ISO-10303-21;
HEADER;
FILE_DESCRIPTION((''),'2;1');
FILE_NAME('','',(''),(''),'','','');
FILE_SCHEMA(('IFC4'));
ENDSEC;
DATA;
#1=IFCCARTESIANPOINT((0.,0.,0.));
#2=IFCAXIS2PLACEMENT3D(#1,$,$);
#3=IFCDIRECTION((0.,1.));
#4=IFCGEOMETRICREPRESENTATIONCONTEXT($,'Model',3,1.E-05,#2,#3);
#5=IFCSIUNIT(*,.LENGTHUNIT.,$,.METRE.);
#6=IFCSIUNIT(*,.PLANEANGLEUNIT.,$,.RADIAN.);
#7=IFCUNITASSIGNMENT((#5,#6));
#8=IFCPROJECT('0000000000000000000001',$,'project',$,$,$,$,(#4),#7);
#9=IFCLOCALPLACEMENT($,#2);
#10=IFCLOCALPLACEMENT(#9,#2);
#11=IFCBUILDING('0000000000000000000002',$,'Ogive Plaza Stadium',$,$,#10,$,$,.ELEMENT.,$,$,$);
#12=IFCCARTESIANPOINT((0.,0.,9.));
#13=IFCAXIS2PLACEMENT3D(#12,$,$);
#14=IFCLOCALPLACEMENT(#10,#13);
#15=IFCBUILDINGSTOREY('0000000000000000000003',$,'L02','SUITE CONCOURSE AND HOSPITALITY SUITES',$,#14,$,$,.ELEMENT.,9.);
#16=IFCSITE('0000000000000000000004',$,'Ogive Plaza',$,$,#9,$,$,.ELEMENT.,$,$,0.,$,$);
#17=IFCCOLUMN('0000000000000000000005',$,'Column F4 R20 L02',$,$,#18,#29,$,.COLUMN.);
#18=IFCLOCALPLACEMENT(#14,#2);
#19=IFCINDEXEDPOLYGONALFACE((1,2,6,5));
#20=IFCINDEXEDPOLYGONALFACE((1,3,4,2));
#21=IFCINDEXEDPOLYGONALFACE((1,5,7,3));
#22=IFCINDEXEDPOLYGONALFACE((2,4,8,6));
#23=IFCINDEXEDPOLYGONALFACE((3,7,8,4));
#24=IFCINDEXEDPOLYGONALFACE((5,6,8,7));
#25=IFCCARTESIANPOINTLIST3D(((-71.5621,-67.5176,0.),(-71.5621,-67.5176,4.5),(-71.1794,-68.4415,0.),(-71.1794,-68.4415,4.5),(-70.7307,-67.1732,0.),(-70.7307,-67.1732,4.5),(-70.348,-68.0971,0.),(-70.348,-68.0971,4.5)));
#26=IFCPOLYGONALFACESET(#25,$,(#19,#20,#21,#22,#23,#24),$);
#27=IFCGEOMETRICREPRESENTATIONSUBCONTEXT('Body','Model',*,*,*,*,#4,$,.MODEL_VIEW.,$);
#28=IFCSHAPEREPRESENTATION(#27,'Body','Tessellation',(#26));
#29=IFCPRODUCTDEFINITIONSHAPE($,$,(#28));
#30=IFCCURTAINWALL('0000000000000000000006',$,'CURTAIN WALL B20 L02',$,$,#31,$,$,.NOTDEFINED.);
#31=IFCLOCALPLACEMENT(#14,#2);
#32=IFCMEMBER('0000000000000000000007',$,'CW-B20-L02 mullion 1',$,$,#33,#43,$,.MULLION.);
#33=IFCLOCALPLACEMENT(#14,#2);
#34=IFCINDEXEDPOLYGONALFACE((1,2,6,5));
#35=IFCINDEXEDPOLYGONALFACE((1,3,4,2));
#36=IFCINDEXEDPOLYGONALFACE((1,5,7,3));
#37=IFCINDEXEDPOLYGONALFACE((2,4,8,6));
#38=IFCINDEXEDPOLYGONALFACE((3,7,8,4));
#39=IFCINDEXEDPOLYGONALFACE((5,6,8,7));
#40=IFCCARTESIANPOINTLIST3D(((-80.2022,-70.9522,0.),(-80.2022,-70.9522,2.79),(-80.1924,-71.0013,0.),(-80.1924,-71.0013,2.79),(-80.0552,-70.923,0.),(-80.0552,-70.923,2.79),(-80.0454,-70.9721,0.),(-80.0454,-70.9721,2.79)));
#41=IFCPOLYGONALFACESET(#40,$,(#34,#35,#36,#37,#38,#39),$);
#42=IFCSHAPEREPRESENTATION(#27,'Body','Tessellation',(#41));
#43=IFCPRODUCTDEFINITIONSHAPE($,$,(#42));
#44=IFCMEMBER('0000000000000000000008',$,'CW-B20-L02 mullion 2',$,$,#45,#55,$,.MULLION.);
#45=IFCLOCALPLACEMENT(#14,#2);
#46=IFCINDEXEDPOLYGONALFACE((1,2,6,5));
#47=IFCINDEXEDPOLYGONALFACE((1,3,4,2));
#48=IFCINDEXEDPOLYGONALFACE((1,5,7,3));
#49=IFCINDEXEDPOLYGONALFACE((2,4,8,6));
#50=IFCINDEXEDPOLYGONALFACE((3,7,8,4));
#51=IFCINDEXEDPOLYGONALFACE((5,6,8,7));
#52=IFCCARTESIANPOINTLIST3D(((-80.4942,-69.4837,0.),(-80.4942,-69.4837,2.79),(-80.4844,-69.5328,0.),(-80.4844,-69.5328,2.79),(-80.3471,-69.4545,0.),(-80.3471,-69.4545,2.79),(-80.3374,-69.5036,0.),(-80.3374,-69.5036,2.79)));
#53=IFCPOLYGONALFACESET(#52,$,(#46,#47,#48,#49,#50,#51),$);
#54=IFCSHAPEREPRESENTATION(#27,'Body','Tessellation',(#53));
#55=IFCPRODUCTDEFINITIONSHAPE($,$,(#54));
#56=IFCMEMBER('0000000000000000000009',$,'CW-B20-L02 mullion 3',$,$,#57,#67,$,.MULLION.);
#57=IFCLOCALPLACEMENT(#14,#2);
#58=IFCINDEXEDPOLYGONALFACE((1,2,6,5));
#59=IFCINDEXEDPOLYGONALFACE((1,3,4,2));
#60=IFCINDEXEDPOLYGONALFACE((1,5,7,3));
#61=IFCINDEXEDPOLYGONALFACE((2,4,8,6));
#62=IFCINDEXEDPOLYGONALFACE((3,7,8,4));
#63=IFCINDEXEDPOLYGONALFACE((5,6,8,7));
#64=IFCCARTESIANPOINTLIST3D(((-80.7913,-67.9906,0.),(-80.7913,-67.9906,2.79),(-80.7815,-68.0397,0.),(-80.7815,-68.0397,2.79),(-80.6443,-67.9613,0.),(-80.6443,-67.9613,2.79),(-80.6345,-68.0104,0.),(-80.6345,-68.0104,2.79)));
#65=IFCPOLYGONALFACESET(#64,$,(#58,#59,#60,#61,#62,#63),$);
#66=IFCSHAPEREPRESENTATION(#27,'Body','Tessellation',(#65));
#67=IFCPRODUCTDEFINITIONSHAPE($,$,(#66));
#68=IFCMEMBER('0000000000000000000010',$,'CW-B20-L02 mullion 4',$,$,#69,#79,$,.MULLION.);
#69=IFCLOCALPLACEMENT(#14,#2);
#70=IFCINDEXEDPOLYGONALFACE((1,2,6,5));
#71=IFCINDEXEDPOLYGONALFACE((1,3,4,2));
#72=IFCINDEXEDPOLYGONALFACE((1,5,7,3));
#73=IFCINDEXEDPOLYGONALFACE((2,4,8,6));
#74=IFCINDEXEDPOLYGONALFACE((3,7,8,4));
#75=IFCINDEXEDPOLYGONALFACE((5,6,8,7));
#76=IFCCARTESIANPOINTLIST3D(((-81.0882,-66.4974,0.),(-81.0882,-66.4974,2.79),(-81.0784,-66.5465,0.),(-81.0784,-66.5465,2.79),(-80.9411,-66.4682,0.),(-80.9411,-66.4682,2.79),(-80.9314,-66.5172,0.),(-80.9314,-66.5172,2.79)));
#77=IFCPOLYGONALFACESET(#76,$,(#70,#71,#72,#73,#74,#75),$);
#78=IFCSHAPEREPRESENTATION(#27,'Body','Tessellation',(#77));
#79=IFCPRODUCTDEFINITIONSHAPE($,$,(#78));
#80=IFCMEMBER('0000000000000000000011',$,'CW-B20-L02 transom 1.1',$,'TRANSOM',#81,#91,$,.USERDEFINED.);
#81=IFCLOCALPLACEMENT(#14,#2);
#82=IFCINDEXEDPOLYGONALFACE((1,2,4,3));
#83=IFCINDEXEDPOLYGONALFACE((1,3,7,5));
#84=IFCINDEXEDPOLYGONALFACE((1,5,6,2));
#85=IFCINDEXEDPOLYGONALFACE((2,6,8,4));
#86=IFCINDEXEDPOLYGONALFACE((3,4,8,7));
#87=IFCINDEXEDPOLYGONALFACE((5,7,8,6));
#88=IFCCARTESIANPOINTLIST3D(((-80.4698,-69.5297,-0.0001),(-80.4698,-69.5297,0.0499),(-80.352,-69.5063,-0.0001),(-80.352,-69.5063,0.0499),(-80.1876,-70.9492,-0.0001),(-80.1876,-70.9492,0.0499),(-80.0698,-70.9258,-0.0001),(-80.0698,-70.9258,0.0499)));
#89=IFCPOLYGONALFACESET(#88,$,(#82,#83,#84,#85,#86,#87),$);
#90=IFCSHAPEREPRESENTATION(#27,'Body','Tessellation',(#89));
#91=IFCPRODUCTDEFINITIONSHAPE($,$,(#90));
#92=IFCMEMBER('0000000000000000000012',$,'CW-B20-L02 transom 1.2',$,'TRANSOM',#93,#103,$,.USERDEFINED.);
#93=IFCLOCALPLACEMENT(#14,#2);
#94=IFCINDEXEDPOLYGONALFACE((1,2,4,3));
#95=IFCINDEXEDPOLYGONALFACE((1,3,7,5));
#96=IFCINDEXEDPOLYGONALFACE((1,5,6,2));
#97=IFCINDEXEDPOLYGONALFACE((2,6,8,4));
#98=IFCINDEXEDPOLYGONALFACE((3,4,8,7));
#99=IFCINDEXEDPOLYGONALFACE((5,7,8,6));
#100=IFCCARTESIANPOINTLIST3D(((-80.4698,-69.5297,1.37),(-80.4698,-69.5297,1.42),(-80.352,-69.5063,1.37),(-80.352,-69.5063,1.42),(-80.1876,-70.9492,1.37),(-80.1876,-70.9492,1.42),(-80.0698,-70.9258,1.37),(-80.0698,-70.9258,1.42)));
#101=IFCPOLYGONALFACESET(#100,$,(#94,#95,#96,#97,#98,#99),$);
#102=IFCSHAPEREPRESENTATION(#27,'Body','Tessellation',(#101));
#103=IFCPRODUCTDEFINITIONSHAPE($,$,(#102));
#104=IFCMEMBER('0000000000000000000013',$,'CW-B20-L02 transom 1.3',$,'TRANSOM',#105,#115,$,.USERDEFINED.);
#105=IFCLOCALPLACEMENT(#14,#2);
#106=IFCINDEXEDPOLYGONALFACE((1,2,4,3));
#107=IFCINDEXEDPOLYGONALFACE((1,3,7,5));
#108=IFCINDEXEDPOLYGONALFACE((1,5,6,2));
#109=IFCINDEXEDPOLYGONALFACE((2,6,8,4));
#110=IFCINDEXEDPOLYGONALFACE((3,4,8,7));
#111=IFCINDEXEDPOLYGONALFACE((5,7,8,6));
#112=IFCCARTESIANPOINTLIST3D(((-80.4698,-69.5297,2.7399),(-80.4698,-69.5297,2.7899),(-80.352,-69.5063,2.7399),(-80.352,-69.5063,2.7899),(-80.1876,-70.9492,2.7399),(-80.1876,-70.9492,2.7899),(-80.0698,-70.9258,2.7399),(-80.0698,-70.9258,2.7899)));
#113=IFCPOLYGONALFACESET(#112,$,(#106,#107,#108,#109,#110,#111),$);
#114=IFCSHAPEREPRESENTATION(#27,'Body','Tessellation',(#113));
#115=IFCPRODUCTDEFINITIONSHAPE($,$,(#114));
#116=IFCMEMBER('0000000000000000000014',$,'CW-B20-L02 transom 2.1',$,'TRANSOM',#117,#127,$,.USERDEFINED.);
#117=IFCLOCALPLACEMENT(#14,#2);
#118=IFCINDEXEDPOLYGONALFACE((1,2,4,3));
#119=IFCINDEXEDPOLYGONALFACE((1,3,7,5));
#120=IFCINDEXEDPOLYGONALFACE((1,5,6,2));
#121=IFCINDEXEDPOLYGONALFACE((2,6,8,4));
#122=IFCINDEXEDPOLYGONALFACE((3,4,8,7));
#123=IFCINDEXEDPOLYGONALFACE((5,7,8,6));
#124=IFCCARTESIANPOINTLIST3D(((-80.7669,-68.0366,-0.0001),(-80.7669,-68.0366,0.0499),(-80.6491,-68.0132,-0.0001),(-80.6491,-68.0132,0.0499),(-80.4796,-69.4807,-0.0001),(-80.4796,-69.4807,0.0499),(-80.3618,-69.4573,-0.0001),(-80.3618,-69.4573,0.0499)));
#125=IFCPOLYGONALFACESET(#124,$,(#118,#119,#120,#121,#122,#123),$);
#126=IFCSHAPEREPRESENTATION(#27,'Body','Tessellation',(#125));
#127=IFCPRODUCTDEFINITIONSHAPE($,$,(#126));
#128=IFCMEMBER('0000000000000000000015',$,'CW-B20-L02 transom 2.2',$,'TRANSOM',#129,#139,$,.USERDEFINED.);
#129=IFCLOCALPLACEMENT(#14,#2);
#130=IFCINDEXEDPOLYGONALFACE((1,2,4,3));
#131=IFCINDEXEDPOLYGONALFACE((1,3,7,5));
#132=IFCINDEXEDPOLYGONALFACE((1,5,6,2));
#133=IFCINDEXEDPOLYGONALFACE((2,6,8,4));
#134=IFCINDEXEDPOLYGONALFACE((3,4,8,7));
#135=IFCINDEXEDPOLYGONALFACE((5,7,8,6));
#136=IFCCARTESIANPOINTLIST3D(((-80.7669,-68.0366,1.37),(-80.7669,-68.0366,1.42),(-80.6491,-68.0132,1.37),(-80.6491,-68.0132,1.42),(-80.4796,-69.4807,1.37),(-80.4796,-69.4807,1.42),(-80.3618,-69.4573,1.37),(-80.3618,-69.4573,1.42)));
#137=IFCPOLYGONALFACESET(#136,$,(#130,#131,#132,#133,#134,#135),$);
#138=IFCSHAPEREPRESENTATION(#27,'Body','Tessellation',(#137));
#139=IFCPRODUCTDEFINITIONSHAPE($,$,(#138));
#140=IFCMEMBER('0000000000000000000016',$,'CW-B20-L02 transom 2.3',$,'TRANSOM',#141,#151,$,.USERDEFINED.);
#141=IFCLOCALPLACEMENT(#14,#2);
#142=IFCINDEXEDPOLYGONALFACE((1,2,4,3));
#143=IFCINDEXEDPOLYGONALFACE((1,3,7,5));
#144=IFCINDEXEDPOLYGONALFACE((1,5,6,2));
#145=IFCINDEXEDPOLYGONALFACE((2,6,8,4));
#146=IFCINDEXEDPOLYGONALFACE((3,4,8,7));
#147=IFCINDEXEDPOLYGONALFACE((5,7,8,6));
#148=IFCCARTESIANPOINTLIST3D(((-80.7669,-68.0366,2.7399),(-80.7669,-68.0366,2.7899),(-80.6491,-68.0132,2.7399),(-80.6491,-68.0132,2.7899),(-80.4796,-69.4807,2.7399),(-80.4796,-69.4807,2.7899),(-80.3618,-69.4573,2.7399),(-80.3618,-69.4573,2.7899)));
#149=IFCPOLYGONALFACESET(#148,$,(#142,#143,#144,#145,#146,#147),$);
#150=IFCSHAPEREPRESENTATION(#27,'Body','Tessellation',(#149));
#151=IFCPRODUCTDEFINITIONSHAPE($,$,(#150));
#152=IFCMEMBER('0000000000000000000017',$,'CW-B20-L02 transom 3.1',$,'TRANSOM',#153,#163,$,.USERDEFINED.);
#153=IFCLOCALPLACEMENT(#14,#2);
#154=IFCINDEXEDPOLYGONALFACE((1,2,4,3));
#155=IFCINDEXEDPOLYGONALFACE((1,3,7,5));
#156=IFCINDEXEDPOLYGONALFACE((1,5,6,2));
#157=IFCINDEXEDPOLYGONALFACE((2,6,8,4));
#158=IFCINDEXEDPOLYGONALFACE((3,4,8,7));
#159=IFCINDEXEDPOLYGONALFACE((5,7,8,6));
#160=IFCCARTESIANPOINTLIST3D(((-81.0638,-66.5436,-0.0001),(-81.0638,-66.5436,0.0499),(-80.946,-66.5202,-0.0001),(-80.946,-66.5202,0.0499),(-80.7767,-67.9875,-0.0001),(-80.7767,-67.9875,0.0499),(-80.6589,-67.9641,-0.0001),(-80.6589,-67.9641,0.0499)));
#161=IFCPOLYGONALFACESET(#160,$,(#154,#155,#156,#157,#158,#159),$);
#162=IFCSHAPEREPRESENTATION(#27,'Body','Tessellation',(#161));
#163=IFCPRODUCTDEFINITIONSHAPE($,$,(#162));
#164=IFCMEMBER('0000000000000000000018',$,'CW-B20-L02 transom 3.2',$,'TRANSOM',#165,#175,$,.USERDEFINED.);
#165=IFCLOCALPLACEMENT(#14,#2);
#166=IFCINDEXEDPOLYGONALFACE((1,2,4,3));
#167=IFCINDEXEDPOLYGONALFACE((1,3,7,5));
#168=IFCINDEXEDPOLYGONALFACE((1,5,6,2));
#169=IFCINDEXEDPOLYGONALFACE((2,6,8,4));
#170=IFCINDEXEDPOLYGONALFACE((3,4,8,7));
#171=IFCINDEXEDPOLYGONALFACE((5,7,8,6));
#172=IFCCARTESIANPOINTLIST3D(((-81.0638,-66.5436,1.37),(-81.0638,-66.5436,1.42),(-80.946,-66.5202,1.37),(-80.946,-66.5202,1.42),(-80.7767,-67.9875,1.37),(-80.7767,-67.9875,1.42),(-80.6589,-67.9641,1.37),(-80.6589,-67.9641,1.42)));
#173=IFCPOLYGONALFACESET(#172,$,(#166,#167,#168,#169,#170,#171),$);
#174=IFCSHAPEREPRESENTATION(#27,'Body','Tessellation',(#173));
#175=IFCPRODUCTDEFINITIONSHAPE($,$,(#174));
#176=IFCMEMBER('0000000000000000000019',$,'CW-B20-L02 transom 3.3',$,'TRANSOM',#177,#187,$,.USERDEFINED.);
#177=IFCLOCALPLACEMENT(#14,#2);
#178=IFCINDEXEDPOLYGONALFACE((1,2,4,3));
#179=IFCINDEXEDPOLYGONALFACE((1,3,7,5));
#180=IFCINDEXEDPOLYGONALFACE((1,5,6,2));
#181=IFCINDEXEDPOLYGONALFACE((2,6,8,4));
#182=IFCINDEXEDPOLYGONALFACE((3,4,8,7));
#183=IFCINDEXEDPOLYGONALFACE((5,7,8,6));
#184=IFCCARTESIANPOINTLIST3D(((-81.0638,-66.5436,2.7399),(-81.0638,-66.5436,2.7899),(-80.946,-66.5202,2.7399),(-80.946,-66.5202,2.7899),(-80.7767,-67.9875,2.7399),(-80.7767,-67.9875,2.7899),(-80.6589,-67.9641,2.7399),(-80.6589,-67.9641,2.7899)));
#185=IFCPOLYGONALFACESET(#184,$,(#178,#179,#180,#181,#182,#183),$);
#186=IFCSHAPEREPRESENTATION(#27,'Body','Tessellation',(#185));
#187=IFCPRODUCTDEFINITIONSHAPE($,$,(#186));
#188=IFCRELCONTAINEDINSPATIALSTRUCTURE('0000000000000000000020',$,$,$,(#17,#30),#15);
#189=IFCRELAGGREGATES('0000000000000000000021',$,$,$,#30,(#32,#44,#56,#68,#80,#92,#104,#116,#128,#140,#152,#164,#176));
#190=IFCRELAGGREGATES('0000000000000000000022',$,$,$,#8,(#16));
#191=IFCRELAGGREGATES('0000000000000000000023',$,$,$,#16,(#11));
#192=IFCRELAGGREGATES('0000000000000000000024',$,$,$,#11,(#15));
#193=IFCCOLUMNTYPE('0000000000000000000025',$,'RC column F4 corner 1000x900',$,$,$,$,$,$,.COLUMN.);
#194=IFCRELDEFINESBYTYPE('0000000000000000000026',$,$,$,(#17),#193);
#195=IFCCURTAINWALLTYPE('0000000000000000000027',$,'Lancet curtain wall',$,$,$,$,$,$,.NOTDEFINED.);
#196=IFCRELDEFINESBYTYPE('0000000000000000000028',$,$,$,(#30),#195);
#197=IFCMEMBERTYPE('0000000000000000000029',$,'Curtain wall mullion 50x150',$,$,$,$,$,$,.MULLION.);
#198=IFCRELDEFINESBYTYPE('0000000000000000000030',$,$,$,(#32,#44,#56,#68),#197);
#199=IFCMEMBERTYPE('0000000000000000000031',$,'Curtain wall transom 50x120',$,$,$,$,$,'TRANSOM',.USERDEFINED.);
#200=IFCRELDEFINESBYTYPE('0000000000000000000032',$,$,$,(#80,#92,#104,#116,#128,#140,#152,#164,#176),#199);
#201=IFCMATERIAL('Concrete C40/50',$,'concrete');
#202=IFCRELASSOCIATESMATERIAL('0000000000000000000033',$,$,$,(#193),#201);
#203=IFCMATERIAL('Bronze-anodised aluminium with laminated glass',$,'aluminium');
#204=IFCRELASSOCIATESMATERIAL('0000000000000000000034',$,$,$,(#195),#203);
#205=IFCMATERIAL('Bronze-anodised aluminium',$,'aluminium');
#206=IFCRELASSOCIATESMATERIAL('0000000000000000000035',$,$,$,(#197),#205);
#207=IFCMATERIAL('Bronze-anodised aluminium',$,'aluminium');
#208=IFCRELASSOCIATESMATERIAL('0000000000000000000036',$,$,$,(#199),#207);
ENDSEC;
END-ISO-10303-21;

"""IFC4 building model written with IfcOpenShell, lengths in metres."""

from ifc_helpers import new_model, si_unit, direction, frame, origin, origin_2d, place, context, subcontext, project, spatial, rectangle, extrude, material, material_profile, profile_set, type_object, element, aggregate, save


model = new_model("IFC4")

# Units and contexts
model_context = context("Model", 3, precision=1e-05, world=origin(), true_north=direction((0.0, 1.0)))
body_context = subcontext(model_context, "Body", "Model", "MODEL_VIEW")
ifc_project = project(units=[si_unit("LENGTHUNIT", "METRE"), si_unit("PLANEANGLEUNIT", "RADIAN")], contexts=[model_context])

# Site, building, storey
site_placement = place(None, origin())
site = spatial("IfcSite", under=ifc_project, at=site_placement, Name="Ogive Plaza", CompositionType="ELEMENT", RefElevation=0.0)
building_placement = place(site_placement, origin())
building = spatial("IfcBuilding", under=site, at=building_placement, Name="Ogive Plaza Stadium", CompositionType="ELEMENT")
storey_placement = place(building_placement, frame((0.0, 0.0, 9.0)))
storey = spatial("IfcBuildingStorey", under=building, at=storey_placement, Name="L02", Description="SUITE CONCOURSE AND HOSPITALITY SUITES", CompositionType="ELEMENT", Elevation=9.0)

# Column
ifc_material_1 = material(Name="Concrete C40/50", Category="concrete")
ifc_material_profile_1 = material_profile(ifc_material_1, rectangle(XDim=1.0, YDim=0.8999, at=origin_2d()), Name="RC 1000x900")
ifc_profile_set_1 = profile_set([ifc_material_profile_1], Name="Concrete C40/50")
column_type = type_object("IfcColumnType", Name="RC column F4 corner 1000x900", PredefinedType="COLUMN", material=ifc_profile_set_1)
column_placement = place(storey_placement, frame((-70.9551, -67.8074, 0.0), z_axis=(0.0, 0.0, 1.0), x_axis=(0.382683, -0.92388, 0.0)))
element("IfcColumn", 1, at=column_placement, inside=storey, type_object=column_type, Name="Column F4 R20 L02", PredefinedType="COLUMN", context=body_context, shape_type="SweptSolid", body=[
    extrude(rectangle(XDim=1.0, YDim=0.8999, at=origin_2d()), origin(), (0.0, 0.0, 1.0), 4.5),
])

# Curtain wall, members
ifc_material_2 = material(Name="Bronze-anodised aluminium with laminated glass", Category="aluminium")
curtain_wall_type = type_object("IfcCurtainWallType", Name="Lancet curtain wall", PredefinedType="NOTDEFINED", material=ifc_material_2)
curtain_wall_placement = place(storey_placement, origin())
curtain_wall = element("IfcCurtainWall", 2, at=curtain_wall_placement, inside=storey, type_object=curtain_wall_type, Name="CURTAIN WALL B20 L02", PredefinedType="NOTDEFINED")
ifc_material_3 = material(Name="Bronze-anodised aluminium", Category="aluminium")
ifc_material_profile_2 = material_profile(ifc_material_3, rectangle(XDim=0.1499, YDim=0.05, at=origin_2d()), Name="AL 150x50")
ifc_profile_set_2 = profile_set([ifc_material_profile_2], Name="Bronze-anodised aluminium")
member_type_1 = type_object("IfcMemberType", Name="Curtain wall mullion 50x150", PredefinedType="MULLION", material=ifc_profile_set_2)
member_1_placement = place(storey_placement, frame((-80.1238, -70.9622, 0.0), z_axis=(0.0, 0.0, 1.0), x_axis=(-0.980785, -0.19509, 0.0)))
member_1 = element("IfcMember", 3, at=member_1_placement, type_object=member_type_1, Name="CW-B20-L02 mullion 1", PredefinedType="MULLION", context=body_context, shape_type="SweptSolid", body=[
    extrude(rectangle(XDim=0.1499, YDim=0.05, at=origin_2d()), origin(), (0.0, 0.0, 1.0), 2.79),
])
member_2_placement = place(storey_placement, frame((-80.4158, -69.4937, 0.0), z_axis=(0.0, 0.0, 1.0), x_axis=(-0.980785, -0.19509, 0.0)))
member_2 = element("IfcMember", 4, at=member_2_placement, type_object=member_type_1, Name="CW-B20-L02 mullion 2", PredefinedType="MULLION", context=body_context, shape_type="SweptSolid", body=[
    extrude(rectangle(XDim=0.1499, YDim=0.05, at=origin_2d()), origin(), (0.0, 0.0, 1.0), 2.79),
])
member_3_placement = place(storey_placement, frame((-80.7129, -68.0005, 0.0), z_axis=(0.0, 0.0, 1.0), x_axis=(-0.980785, -0.19509, 0.0)))
member_3 = element("IfcMember", 5, at=member_3_placement, type_object=member_type_1, Name="CW-B20-L02 mullion 3", PredefinedType="MULLION", context=body_context, shape_type="SweptSolid", body=[
    extrude(rectangle(XDim=0.1499, YDim=0.05, at=origin_2d()), origin(), (0.0, 0.0, 1.0), 2.79),
])
member_4_placement = place(storey_placement, frame((-81.0098, -66.5073, 0.0), z_axis=(0.0, 0.0, 1.0), x_axis=(-0.980785, -0.19509, 0.0)))
member_4 = element("IfcMember", 6, at=member_4_placement, type_object=member_type_1, Name="CW-B20-L02 mullion 4", PredefinedType="MULLION", context=body_context, shape_type="SweptSolid", body=[
    extrude(rectangle(XDim=0.1499, YDim=0.05, at=origin_2d()), origin(), (0.0, 0.0, 1.0), 2.79),
])
ifc_material_4 = material(Name="Bronze-anodised aluminium", Category="aluminium")
ifc_material_profile_3 = material_profile(ifc_material_4, rectangle(XDim=0.1201, YDim=0.05, at=origin_2d()), Name="AL 120x50")
ifc_profile_set_3 = profile_set([ifc_material_profile_3], Name="Bronze-anodised aluminium")
member_type_2 = type_object("IfcMemberType", Name="Curtain wall transom 50x120", ElementType="TRANSOM", PredefinedType="USERDEFINED", material=ifc_profile_set_3)
member_5_placement = place(storey_placement, frame((-80.1287, -70.9375, 0.0249), z_axis=(-0.195013, 0.980801, 0.0), x_axis=(-0.980801, -0.195013, 0.0)))
member_5 = element("IfcMember", 7, at=member_5_placement, type_object=member_type_2, Name="CW-B20-L02 transom 1.1", ObjectType="TRANSOM", PredefinedType="USERDEFINED", context=body_context, shape_type="SweptSolid", body=[
    extrude(rectangle(XDim=0.1201, YDim=0.05, at=origin_2d()), origin(), (0.0, 0.0, 1.0), 1.4473),
])
member_6_placement = place(storey_placement, frame((-80.1287, -70.9375, 1.395), z_axis=(-0.195013, 0.980801, 0.0), x_axis=(-0.980801, -0.195013, 0.0)))
member_6 = element("IfcMember", 8, at=member_6_placement, type_object=member_type_2, Name="CW-B20-L02 transom 1.2", ObjectType="TRANSOM", PredefinedType="USERDEFINED", context=body_context, shape_type="SweptSolid", body=[
    extrude(rectangle(XDim=0.1201, YDim=0.05, at=origin_2d()), origin(), (0.0, 0.0, 1.0), 1.4473),
])
member_7_placement = place(storey_placement, frame((-80.1287, -70.9375, 2.7649), z_axis=(-0.195013, 0.980801, 0.0), x_axis=(-0.980801, -0.195013, 0.0)))
member_7 = element("IfcMember", 9, at=member_7_placement, type_object=member_type_2, Name="CW-B20-L02 transom 1.3", ObjectType="TRANSOM", PredefinedType="USERDEFINED", context=body_context, shape_type="SweptSolid", body=[
    extrude(rectangle(XDim=0.1201, YDim=0.05, at=origin_2d()), origin(), (0.0, 0.0, 1.0), 1.4473),
])
member_8_placement = place(storey_placement, frame((-80.4207, -69.469, 0.0249), z_axis=(-0.195159, 0.980772, 0.0), x_axis=(-0.980772, -0.195159, 0.0)))
member_8 = element("IfcMember", 10, at=member_8_placement, type_object=member_type_2, Name="CW-B20-L02 transom 2.1", ObjectType="TRANSOM", PredefinedType="USERDEFINED", context=body_context, shape_type="SweptSolid", body=[
    extrude(rectangle(XDim=0.1201, YDim=0.05, at=origin_2d()), origin(), (0.0, 0.0, 1.0), 1.4724),
])
member_9_placement = place(storey_placement, frame((-80.4207, -69.469, 1.395), z_axis=(-0.195159, 0.980772, 0.0), x_axis=(-0.980772, -0.195159, 0.0)))
member_9 = element("IfcMember", 11, at=member_9_placement, type_object=member_type_2, Name="CW-B20-L02 transom 2.2", ObjectType="TRANSOM", PredefinedType="USERDEFINED", context=body_context, shape_type="SweptSolid", body=[
    extrude(rectangle(XDim=0.1201, YDim=0.05, at=origin_2d()), origin(), (0.0, 0.0, 1.0), 1.4724),
])
member_10_placement = place(storey_placement, frame((-80.4207, -69.469, 2.7649), z_axis=(-0.195159, 0.980772, 0.0), x_axis=(-0.980772, -0.195159, 0.0)))
member_10 = element("IfcMember", 12, at=member_10_placement, type_object=member_type_2, Name="CW-B20-L02 transom 2.3", ObjectType="TRANSOM", PredefinedType="USERDEFINED", context=body_context, shape_type="SweptSolid", body=[
    extrude(rectangle(XDim=0.1201, YDim=0.05, at=origin_2d()), origin(), (0.0, 0.0, 1.0), 1.4724),
])
member_11_placement = place(storey_placement, frame((-80.7178, -67.9758, 0.0249), z_axis=(-0.195032, 0.980797, 0.0), x_axis=(-0.980797, -0.195032, 0.0)))
member_11 = element("IfcMember", 13, at=member_11_placement, type_object=member_type_2, Name="CW-B20-L02 transom 3.1", ObjectType="TRANSOM", PredefinedType="USERDEFINED", context=body_context, shape_type="SweptSolid", body=[
    extrude(rectangle(XDim=0.1201, YDim=0.05, at=origin_2d()), origin(), (0.0, 0.0, 1.0), 1.4722),
])
member_12_placement = place(storey_placement, frame((-80.7178, -67.9758, 1.395), z_axis=(-0.195032, 0.980797, 0.0), x_axis=(-0.980797, -0.195032, 0.0)))
member_12 = element("IfcMember", 14, at=member_12_placement, type_object=member_type_2, Name="CW-B20-L02 transom 3.2", ObjectType="TRANSOM", PredefinedType="USERDEFINED", context=body_context, shape_type="SweptSolid", body=[
    extrude(rectangle(XDim=0.1201, YDim=0.05, at=origin_2d()), origin(), (0.0, 0.0, 1.0), 1.4722),
])
member_13_placement = place(storey_placement, frame((-80.7178, -67.9758, 2.7649), z_axis=(-0.195032, 0.980797, 0.0), x_axis=(-0.980797, -0.195032, 0.0)))
member_13 = element("IfcMember", 15, at=member_13_placement, type_object=member_type_2, Name="CW-B20-L02 transom 3.3", ObjectType="TRANSOM", PredefinedType="USERDEFINED", context=body_context, shape_type="SweptSolid", body=[
    extrude(rectangle(XDim=0.1201, YDim=0.05, at=origin_2d()), origin(), (0.0, 0.0, 1.0), 1.4722),
])

aggregate(curtain_wall, [member_1, member_2, member_3, member_4, member_5, member_6, member_7, member_8, member_9, member_10, member_11, member_12, member_13])

save(model, "model.ifc")
